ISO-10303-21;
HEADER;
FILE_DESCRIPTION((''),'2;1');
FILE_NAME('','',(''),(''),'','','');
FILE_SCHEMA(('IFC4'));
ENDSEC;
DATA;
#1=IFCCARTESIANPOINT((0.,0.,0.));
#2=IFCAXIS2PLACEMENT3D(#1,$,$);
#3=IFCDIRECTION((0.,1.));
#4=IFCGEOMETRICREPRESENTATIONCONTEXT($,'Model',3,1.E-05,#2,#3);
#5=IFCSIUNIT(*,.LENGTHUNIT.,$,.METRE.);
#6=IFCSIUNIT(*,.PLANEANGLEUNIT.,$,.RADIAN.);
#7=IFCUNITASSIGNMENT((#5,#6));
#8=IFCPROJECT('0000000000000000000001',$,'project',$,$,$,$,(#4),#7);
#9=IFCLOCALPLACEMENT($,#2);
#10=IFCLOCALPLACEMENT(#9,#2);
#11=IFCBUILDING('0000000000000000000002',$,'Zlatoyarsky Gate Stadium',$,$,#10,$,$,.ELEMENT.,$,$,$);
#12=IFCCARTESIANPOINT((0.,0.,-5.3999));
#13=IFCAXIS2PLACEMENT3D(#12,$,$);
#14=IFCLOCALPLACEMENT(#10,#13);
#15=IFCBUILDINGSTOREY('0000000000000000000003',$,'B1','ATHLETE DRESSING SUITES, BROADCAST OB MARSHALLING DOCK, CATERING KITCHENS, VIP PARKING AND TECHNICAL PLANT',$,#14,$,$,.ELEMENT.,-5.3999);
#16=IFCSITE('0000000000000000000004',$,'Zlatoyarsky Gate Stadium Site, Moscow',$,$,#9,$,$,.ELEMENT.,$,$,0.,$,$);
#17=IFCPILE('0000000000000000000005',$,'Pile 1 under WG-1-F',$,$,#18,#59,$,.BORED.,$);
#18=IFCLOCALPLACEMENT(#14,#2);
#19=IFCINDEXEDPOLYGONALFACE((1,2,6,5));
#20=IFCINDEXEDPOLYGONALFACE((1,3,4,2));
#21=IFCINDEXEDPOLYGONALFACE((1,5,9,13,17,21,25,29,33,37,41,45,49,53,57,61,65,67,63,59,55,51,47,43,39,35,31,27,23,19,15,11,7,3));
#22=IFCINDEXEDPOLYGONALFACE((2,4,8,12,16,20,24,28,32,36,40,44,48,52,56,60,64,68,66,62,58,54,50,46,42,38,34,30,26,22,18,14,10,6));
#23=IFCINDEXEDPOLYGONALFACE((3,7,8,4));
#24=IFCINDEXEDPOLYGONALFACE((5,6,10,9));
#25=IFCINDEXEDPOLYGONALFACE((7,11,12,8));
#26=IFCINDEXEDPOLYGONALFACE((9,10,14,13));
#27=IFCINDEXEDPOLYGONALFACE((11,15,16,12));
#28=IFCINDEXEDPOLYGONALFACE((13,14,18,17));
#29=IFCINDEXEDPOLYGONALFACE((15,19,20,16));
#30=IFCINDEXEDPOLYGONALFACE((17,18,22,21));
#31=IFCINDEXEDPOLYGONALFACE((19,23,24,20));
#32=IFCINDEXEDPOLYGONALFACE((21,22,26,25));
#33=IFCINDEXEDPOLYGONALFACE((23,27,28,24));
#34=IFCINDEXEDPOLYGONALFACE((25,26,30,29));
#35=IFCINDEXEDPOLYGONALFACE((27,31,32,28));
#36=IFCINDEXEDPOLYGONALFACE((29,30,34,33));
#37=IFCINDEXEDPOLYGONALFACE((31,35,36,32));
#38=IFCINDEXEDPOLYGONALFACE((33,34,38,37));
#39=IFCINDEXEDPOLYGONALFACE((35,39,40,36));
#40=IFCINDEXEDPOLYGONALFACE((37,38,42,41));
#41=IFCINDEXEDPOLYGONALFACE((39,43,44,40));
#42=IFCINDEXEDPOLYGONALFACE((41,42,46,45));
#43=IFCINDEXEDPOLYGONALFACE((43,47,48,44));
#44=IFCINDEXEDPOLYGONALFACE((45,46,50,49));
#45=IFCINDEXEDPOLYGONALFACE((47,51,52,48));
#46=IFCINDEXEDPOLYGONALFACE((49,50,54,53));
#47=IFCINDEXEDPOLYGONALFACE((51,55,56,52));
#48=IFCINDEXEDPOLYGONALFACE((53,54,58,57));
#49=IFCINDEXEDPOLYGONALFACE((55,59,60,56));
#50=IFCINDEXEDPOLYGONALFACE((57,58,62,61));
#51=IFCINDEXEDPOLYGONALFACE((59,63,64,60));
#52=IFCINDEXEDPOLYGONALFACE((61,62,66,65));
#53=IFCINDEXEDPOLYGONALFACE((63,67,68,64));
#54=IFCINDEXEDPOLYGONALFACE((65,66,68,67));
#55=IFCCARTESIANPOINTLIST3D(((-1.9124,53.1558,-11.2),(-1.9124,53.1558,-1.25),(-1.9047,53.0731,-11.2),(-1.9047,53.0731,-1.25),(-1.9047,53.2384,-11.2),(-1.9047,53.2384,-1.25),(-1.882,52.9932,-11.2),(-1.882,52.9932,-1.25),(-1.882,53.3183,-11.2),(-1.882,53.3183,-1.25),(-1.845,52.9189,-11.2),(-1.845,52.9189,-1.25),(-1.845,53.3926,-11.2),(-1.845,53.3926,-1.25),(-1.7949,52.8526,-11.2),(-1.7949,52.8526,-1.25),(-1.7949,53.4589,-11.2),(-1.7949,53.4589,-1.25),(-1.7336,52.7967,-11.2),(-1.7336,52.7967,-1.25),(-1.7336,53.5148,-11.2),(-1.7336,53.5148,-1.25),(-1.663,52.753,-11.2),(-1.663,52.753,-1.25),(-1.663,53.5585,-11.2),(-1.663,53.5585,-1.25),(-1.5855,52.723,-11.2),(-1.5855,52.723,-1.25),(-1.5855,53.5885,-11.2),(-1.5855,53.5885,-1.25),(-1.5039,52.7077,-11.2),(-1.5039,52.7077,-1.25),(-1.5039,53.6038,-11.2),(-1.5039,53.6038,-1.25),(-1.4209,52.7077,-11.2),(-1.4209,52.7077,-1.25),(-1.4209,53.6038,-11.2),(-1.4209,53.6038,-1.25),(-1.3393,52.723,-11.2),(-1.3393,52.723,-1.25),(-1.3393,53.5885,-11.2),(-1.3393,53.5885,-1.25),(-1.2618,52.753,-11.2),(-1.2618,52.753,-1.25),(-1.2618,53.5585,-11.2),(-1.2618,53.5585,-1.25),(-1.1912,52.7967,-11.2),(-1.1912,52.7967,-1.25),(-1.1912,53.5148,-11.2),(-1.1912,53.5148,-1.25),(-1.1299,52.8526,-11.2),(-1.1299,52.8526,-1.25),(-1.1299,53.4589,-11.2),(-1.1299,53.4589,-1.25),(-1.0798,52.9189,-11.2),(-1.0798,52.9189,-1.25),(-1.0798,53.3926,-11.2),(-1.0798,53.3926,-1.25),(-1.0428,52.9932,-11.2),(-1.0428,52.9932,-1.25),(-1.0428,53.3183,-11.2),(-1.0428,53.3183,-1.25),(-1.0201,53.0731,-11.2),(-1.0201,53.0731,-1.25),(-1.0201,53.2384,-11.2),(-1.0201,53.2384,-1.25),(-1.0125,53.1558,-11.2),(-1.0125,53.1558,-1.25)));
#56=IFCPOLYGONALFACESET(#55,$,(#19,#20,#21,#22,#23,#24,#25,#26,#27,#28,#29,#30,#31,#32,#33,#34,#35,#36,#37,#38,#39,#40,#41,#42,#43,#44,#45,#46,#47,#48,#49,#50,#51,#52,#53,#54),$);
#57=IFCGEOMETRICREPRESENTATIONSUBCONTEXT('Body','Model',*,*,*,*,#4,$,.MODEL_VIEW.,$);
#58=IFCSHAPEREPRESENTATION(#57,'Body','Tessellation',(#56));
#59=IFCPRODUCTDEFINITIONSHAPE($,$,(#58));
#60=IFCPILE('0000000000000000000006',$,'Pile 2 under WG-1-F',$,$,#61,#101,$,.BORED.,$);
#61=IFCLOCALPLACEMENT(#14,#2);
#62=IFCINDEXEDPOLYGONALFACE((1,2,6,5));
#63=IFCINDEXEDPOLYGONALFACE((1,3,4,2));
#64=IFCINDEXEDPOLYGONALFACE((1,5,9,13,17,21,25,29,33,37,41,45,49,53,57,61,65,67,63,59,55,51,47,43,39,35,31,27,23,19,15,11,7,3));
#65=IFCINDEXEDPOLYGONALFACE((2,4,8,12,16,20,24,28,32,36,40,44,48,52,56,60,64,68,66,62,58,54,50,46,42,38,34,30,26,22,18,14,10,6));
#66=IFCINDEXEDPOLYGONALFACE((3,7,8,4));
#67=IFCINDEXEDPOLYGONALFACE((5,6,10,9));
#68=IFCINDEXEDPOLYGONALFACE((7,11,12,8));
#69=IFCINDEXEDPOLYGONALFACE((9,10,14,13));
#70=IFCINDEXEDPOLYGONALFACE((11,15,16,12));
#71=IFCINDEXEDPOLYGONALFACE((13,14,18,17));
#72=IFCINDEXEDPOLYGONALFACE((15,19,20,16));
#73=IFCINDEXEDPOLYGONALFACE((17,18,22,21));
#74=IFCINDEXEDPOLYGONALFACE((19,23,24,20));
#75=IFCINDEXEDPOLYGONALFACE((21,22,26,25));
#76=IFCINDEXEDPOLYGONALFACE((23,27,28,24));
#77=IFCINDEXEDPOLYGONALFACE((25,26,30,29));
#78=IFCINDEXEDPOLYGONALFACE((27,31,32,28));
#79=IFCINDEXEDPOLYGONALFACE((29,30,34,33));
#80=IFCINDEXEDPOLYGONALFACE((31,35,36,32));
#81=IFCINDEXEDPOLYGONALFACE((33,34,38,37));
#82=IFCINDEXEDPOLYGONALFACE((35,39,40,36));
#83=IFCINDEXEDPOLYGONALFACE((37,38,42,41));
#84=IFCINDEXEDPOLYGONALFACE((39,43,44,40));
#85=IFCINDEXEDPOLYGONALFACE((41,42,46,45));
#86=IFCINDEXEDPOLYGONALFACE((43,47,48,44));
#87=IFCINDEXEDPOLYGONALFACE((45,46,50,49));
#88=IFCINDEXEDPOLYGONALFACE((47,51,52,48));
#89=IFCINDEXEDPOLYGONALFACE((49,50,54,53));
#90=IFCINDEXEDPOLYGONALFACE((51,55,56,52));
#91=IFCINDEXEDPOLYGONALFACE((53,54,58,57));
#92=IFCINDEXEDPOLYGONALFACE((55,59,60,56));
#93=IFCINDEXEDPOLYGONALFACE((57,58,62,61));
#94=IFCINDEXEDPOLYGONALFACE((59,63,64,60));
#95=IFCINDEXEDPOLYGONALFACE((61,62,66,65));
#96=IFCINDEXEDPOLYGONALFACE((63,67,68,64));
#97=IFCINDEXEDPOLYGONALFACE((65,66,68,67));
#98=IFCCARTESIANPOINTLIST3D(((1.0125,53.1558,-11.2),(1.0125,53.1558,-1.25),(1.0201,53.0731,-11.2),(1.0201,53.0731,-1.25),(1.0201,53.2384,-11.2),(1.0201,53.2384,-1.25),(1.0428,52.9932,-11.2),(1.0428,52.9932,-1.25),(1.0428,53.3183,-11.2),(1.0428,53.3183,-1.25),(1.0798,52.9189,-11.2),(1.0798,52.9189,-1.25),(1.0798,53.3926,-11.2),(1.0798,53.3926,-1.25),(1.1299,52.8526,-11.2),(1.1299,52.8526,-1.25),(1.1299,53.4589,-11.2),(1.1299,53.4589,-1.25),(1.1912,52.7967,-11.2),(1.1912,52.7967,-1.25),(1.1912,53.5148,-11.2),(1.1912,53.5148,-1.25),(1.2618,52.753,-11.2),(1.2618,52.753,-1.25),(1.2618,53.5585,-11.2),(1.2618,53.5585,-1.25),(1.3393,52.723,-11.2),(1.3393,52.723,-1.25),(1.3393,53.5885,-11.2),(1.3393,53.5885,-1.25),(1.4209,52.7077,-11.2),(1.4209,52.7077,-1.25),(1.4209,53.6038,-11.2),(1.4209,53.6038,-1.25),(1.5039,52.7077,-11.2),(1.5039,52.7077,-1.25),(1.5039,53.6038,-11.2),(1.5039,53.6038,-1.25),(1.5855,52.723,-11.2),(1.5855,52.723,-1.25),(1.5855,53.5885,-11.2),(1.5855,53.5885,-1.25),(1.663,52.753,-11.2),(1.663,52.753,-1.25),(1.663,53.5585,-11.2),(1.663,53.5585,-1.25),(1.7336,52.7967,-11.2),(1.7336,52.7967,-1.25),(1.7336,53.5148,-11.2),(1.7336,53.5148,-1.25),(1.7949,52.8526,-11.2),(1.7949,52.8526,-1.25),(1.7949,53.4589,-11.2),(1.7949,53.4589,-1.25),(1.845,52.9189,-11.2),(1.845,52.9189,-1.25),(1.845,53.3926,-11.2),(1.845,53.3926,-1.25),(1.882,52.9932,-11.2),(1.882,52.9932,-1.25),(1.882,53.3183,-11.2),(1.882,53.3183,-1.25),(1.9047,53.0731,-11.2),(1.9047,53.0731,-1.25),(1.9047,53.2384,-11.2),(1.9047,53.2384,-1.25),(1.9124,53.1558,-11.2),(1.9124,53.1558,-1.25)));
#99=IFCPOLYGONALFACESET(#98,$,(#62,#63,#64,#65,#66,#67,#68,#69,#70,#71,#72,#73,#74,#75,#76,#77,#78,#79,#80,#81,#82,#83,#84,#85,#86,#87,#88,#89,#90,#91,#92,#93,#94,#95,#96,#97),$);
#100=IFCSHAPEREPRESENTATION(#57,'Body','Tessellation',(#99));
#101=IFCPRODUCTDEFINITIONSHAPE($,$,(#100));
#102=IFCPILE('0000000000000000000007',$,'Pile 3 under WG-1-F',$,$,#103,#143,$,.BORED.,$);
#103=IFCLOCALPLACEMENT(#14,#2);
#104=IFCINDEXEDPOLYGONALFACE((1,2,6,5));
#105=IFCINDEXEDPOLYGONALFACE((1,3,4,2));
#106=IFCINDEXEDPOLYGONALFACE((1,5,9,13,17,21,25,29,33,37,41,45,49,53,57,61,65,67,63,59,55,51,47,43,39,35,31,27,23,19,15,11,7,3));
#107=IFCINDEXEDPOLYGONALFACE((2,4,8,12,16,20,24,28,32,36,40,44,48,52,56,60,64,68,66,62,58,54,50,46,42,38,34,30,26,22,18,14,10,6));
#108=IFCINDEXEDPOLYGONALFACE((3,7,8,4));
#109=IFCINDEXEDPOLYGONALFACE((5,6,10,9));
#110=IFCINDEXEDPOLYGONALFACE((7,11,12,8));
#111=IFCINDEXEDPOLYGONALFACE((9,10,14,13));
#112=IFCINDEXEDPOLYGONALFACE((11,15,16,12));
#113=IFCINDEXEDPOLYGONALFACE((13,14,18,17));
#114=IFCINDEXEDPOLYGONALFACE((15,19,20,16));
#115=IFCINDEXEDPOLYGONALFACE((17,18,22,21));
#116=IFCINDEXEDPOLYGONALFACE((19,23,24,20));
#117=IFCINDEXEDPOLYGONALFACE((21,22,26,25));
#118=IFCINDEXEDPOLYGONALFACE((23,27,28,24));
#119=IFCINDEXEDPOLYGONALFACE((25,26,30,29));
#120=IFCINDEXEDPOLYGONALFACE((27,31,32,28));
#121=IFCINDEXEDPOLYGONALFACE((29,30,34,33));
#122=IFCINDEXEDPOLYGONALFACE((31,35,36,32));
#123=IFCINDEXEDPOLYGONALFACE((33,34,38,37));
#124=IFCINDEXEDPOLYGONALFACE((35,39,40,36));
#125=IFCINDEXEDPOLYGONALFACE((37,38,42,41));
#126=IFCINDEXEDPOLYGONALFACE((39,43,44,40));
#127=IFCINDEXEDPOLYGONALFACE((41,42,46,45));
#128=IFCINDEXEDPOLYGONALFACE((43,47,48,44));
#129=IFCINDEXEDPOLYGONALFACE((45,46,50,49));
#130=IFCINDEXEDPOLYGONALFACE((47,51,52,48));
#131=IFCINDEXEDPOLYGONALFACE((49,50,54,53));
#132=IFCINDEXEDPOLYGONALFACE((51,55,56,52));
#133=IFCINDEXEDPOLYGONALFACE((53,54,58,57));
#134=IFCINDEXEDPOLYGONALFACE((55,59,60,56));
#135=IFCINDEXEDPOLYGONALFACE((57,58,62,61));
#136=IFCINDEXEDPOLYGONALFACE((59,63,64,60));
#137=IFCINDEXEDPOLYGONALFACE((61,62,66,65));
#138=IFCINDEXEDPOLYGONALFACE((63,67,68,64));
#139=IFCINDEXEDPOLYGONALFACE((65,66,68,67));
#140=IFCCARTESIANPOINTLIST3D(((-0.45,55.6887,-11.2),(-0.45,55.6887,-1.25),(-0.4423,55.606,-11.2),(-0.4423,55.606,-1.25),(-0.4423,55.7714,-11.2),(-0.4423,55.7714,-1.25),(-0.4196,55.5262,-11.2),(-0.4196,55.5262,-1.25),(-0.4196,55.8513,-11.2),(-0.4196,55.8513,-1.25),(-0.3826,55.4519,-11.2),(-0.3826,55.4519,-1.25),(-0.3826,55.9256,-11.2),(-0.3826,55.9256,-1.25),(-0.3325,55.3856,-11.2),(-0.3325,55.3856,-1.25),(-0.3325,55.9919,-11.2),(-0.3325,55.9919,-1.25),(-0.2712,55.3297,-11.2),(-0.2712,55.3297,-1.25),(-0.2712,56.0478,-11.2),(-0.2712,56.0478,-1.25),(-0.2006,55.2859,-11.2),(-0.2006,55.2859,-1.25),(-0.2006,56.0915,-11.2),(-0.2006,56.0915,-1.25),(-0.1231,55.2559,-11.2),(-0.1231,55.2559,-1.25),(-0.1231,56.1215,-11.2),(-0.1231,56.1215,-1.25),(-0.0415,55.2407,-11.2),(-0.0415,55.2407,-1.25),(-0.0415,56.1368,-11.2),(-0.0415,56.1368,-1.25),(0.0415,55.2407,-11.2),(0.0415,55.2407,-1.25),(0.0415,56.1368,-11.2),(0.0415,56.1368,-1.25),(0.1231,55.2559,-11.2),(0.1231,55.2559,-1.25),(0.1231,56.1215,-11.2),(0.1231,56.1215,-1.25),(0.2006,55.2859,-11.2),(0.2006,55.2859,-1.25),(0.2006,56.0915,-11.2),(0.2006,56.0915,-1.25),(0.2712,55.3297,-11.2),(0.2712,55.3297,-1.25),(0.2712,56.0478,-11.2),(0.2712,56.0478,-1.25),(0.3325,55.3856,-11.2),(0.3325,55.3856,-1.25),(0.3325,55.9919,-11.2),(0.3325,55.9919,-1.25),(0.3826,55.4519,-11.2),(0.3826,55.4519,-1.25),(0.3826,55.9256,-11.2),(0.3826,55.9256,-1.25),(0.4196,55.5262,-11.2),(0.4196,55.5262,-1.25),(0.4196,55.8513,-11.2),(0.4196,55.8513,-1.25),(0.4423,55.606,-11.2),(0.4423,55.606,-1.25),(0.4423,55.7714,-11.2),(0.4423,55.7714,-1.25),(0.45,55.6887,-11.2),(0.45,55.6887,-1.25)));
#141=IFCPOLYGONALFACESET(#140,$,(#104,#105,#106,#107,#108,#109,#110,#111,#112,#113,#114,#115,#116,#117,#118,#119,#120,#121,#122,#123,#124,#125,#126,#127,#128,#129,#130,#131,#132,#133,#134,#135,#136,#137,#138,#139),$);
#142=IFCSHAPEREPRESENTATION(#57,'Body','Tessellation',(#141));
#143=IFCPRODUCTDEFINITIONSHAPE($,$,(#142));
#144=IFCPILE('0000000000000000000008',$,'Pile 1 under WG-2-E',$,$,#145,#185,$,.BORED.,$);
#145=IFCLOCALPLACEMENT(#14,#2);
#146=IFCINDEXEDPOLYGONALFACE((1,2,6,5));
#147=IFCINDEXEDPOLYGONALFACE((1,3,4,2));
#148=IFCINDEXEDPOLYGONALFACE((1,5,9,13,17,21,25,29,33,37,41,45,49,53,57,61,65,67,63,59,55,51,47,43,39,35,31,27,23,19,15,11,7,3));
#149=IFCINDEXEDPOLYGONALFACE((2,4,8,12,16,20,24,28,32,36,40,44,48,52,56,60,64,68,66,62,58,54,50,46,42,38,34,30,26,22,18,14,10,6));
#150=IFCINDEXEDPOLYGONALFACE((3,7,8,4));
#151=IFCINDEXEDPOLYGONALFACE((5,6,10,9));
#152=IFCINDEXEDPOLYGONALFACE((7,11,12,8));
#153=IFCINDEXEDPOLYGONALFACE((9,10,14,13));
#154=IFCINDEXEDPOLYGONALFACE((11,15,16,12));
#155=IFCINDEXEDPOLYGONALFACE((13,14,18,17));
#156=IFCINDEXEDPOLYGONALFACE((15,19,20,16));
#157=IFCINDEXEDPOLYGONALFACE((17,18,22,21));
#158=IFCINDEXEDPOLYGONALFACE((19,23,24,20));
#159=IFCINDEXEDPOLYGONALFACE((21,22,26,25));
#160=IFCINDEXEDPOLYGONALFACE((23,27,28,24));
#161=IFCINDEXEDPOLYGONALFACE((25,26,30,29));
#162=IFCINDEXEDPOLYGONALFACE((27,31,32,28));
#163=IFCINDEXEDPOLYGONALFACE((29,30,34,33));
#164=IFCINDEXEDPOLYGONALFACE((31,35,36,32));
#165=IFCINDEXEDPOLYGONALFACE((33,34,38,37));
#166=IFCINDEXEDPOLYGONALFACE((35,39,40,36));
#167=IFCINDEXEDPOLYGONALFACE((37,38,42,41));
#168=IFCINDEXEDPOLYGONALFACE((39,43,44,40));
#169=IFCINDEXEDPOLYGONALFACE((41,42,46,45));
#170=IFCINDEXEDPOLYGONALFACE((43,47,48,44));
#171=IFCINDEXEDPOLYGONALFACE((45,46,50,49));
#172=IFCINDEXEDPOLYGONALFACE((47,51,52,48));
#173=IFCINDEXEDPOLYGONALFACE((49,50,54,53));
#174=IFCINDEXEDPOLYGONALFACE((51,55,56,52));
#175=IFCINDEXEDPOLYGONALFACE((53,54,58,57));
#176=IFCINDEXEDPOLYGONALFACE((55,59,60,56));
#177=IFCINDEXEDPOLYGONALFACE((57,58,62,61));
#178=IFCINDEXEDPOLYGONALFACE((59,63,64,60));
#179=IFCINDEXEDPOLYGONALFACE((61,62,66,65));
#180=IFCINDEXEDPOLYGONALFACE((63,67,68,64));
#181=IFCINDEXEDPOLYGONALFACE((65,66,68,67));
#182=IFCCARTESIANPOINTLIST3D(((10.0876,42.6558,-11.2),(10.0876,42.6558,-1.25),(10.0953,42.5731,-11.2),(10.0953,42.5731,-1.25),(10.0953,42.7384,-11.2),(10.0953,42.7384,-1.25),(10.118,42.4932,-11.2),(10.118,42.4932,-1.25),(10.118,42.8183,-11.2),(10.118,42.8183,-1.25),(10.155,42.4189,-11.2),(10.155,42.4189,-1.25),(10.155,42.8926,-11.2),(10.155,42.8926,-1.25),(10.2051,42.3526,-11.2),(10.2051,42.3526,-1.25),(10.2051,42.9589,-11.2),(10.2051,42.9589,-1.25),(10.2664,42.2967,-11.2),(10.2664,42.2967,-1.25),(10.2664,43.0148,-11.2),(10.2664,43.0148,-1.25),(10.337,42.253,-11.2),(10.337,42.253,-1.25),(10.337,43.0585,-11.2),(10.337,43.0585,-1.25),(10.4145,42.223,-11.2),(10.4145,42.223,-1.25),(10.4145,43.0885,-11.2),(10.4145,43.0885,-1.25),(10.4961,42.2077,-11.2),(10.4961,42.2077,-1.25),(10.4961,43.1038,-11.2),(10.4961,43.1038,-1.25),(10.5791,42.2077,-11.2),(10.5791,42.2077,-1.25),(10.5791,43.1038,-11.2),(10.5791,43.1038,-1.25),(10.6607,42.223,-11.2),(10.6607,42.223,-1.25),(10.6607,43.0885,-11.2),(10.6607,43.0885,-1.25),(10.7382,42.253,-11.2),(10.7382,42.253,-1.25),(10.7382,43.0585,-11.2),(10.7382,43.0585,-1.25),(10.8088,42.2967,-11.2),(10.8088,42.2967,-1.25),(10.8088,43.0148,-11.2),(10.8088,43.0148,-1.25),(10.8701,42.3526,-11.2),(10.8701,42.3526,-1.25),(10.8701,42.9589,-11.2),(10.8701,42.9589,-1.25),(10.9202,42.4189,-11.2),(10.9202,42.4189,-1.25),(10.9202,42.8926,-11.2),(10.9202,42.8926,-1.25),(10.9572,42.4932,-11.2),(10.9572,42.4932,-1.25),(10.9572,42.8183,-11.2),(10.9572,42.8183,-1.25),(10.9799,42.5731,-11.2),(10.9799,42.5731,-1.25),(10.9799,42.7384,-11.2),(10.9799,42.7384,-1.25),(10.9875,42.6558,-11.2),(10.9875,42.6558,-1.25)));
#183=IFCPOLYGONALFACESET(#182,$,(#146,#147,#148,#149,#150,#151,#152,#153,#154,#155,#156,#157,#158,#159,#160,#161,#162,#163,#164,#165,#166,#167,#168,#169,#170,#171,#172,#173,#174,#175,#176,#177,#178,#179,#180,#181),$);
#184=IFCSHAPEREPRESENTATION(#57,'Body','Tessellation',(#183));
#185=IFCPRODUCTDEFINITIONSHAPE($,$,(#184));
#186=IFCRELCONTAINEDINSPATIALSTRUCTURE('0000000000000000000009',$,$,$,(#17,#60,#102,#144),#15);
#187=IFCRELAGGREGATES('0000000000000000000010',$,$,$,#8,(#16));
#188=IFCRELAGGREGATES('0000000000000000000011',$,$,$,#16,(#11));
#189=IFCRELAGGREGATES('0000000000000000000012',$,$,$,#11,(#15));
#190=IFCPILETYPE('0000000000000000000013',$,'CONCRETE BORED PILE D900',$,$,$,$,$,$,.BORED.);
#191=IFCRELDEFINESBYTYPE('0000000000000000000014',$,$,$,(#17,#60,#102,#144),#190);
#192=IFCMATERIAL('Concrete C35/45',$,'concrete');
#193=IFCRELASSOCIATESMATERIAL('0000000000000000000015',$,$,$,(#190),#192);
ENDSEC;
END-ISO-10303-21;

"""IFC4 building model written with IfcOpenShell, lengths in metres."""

from ifc_helpers import new_model, si_unit, direction, frame, origin, origin_2d, place, context, subcontext, project, spatial, circle, extrude, material, material_profile, profile_set, type_object, element, save


model = new_model("IFC4")

# Units and contexts
model_context = context("Model", 3, precision=1e-05, world=origin(), true_north=direction((0.0, 1.0)))
body_context = subcontext(model_context, "Body", "Model", "MODEL_VIEW")
ifc_project = project(units=[si_unit("LENGTHUNIT", "METRE"), si_unit("PLANEANGLEUNIT", "RADIAN")], contexts=[model_context])

# Site, building, storey
site_placement = place(None, origin())
site = spatial("IfcSite", under=ifc_project, at=site_placement, Name="Zlatoyarsky Gate Stadium Site, Moscow", CompositionType="ELEMENT", RefElevation=0.0)
building_placement = place(site_placement, origin())
building = spatial("IfcBuilding", under=site, at=building_placement, Name="Zlatoyarsky Gate Stadium", CompositionType="ELEMENT")
storey_placement = place(building_placement, frame((0.0, 0.0, -5.3999)))
storey = spatial("IfcBuildingStorey", under=building, at=storey_placement, Name="B1", Description="ATHLETE DRESSING SUITES, BROADCAST OB MARSHALLING DOCK, CATERING KITCHENS, VIP PARKING AND TECHNICAL PLANT", CompositionType="ELEMENT", Elevation=-5.3999)

# Piles
ifc_material_1 = material(Name="Concrete C35/45", Category="concrete")
ifc_material_profile_1 = material_profile(ifc_material_1, circle(Radius=0.45, at=origin_2d()), Name="BORED PILE D900")
ifc_profile_set_1 = profile_set([ifc_material_profile_1], Name="Concrete C35/45")
pile_type_1 = type_object("IfcPileType", Name="CONCRETE BORED PILE D900", PredefinedType="BORED", material=ifc_profile_set_1)
for number, where, z_axis, x_axis, name in (
    (1, (-1.4624, 53.1558, -1.25), (0.0, 0.0, -1.0), (1.0, 0.0, 0.0), "Pile 1 under WG-1-F"),
    (2, (1.4624, 53.1558, -1.25), (0.0, 0.0, -1.0), (1.0, 0.0, 0.0), "Pile 2 under WG-1-F"),
    (3, (0.0, 55.6887, -1.25), (0.0, 0.0, -1.0), (1.0, 0.0, 0.0), "Pile 3 under WG-1-F"),
    (4, (10.5376, 42.6558, -1.25), (0.0, 0.0, -1.0), (1.0, 0.0, 0.0), "Pile 1 under WG-2-E"),
):
    element("IfcPile", number, at=place(storey_placement, frame(where, z_axis=z_axis, x_axis=x_axis)), inside=storey, type_object=pile_type_1, Name=name, PredefinedType="BORED", context=body_context, shape_type="SweptSolid", body=[
        extrude(circle(Radius=0.45, at=origin_2d()), origin(), (0.0, 0.0, 1.0), 9.95),
    ])

save(model, "model.ifc")
